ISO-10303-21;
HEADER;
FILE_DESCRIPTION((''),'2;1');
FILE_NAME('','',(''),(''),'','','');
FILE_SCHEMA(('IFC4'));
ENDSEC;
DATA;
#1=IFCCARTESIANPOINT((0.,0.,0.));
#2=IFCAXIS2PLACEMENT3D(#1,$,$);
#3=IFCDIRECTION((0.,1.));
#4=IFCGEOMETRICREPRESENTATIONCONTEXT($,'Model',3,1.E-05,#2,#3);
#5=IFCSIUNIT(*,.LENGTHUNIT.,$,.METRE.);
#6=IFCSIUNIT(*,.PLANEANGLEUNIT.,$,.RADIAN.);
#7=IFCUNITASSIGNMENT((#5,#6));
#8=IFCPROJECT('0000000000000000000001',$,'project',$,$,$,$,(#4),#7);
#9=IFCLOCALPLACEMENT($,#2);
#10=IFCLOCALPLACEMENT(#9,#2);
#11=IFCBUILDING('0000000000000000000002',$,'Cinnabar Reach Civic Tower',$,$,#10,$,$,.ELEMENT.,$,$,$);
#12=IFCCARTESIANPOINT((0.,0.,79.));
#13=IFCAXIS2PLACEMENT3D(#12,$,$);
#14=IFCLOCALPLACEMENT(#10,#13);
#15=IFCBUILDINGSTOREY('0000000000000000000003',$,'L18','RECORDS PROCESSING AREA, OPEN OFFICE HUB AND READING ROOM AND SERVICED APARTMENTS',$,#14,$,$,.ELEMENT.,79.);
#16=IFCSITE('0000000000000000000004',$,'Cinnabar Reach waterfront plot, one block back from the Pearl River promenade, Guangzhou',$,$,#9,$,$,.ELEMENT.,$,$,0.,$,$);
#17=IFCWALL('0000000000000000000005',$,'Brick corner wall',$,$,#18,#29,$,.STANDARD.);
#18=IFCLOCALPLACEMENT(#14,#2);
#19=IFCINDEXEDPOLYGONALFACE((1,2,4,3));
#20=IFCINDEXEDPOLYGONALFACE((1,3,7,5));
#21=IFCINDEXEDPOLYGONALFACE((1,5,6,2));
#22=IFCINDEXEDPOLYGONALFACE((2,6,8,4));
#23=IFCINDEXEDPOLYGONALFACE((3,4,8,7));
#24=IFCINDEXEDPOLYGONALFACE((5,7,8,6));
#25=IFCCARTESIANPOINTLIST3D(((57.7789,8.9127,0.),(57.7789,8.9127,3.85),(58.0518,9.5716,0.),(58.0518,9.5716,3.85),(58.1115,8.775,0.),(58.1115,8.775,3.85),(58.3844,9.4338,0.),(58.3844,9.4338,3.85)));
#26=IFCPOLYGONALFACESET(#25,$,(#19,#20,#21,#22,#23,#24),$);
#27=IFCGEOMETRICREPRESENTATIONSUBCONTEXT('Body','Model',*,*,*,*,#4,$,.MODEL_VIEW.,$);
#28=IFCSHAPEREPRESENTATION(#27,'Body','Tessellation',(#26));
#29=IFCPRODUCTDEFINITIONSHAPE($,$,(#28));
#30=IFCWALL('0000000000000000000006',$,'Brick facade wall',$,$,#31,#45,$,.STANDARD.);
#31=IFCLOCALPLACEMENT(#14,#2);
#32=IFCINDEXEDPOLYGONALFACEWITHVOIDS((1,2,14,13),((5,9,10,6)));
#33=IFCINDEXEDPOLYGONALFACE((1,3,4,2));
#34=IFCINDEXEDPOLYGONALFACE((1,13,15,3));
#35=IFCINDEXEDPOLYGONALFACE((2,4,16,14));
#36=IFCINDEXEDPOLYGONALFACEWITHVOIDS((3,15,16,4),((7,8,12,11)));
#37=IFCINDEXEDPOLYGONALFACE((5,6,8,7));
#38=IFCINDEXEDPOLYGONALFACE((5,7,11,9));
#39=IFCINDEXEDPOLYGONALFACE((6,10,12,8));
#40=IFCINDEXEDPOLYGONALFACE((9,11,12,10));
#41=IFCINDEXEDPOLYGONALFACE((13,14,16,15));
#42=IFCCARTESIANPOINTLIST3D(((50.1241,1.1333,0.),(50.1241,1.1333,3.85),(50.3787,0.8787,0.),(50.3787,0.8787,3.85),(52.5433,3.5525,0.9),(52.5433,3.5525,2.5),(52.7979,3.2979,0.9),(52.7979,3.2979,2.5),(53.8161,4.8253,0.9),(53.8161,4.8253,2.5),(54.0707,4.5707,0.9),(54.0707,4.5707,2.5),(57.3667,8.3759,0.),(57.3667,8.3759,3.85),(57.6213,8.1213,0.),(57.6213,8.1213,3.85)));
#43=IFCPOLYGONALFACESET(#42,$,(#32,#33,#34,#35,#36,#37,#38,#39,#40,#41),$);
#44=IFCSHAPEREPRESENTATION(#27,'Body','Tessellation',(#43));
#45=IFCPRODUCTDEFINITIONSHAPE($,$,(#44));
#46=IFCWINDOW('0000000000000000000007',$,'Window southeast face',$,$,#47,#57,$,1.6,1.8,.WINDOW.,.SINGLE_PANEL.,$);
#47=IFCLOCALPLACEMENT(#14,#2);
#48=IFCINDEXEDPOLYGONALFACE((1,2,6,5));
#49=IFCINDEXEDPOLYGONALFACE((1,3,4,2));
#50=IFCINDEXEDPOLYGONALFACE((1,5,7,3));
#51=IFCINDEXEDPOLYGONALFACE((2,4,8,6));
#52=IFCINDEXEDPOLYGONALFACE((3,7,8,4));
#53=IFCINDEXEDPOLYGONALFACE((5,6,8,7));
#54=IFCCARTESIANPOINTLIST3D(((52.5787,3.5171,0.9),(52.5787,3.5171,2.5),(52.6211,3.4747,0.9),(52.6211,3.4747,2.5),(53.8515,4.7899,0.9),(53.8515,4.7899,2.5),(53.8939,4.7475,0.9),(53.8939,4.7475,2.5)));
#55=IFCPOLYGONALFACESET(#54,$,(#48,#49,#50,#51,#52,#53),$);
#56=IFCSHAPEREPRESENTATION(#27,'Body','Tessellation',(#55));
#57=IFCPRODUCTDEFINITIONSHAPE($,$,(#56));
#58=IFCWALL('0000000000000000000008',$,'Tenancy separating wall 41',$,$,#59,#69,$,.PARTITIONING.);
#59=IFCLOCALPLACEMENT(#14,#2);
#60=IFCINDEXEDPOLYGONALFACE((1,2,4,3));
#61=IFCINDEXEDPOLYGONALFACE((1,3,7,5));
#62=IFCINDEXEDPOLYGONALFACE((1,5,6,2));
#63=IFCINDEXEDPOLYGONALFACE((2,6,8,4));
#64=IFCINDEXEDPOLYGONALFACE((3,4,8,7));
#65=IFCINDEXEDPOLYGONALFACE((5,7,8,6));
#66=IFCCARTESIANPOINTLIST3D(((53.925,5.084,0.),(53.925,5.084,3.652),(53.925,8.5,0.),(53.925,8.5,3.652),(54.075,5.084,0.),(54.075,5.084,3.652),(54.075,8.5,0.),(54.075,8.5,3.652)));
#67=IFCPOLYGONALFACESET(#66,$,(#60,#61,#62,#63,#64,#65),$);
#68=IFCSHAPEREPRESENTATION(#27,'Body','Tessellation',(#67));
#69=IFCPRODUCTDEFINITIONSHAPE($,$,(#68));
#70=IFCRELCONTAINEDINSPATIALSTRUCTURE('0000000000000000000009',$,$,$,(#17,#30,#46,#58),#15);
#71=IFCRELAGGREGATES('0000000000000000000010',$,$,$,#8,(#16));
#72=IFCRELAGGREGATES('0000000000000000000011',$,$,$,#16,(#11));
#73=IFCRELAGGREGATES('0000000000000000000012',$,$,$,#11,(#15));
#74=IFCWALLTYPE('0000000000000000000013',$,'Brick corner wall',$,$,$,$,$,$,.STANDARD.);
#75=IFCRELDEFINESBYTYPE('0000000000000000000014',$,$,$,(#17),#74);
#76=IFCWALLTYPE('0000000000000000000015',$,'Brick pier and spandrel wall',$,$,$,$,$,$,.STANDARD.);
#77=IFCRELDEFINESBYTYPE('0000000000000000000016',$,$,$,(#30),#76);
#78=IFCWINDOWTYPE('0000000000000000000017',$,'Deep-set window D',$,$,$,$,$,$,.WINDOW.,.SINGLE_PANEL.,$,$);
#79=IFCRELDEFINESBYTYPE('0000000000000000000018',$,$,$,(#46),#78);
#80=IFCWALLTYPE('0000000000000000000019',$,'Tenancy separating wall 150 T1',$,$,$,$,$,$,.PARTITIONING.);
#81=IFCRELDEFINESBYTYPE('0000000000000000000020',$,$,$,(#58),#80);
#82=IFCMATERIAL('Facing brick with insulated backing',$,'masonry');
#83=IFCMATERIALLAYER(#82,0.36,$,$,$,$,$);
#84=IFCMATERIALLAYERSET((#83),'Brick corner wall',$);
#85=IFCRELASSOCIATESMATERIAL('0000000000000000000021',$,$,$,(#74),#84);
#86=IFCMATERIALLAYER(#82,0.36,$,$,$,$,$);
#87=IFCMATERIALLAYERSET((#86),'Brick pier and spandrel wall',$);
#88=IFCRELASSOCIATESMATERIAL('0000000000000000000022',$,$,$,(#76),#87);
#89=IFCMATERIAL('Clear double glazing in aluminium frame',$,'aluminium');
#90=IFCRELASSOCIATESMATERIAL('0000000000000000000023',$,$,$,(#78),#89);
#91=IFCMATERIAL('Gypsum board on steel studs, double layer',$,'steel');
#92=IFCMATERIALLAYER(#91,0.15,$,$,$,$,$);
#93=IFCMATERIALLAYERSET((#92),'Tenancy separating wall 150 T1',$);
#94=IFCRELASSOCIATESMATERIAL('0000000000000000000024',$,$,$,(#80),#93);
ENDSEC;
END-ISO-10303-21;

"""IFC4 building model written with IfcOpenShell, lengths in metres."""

from ifc_helpers import new_model, si_unit, direction, frame, frame_2d, origin, place, context, subcontext, project, spatial, rectangle, extrude, material, layer, layer_set, type_object, element, fill, save


model = new_model("IFC4")

# Units and contexts
model_context = context("Model", 3, precision=1e-05, world=origin(), true_north=direction((0.0, 1.0)))
body_context = subcontext(model_context, "Body", "Model", "MODEL_VIEW")
ifc_project = project(units=[si_unit("LENGTHUNIT", "METRE"), si_unit("PLANEANGLEUNIT", "RADIAN")], contexts=[model_context])

# Site, building, storey
site_placement = place(None, origin())
site = spatial("IfcSite", under=ifc_project, at=site_placement, Name="Cinnabar Reach waterfront plot, one block back from the Pearl River promenade, Guangzhou", CompositionType="ELEMENT", RefElevation=0.0)
building_placement = place(site_placement, origin())
building = spatial("IfcBuilding", under=site, at=building_placement, Name="Cinnabar Reach Civic Tower", CompositionType="ELEMENT")
storey_placement = place(building_placement, frame((0.0, 0.0, 79.0)))
storey = spatial("IfcBuildingStorey", under=building, at=storey_placement, Name="L18", Description="RECORDS PROCESSING AREA, OPEN OFFICE HUB AND READING ROOM AND SERVICED APARTMENTS", CompositionType="ELEMENT", Elevation=79.0)

# Wall
ifc_material_1 = material(Name="Facing brick with insulated backing", Category="masonry")
ifc_layer_1 = layer(ifc_material_1, 0.36)
ifc_layer_set_1 = layer_set([ifc_layer_1], Name="Brick corner wall")
wall_type_1 = type_object("IfcWallType", Name="Brick corner wall", PredefinedType="STANDARD", material=ifc_layer_set_1)
wall_1_placement = place(storey_placement, frame((57.9452, 8.8439, 0.0), z_axis=(0.0, 0.0, 1.0), x_axis=(0.382703, 0.923872, 0.0)))
element("IfcWall", 1, at=wall_1_placement, inside=storey, type_object=wall_type_1, Name="Brick corner wall", PredefinedType="STANDARD", context=body_context, shape_type="SweptSolid", body=[
    extrude(rectangle(XDim=0.7131, YDim=0.36, at=frame_2d((0.3565, 0.0))), origin(), (0.0, 0.0, 1.0), 3.85),
])

# Wall, opening, window
ifc_layer_2 = layer(ifc_material_1, 0.36)
ifc_layer_set_2 = layer_set([ifc_layer_2], Name="Brick pier and spandrel wall")
wall_type_2 = type_object("IfcWallType", Name="Brick pier and spandrel wall", PredefinedType="STANDARD", material=ifc_layer_set_2)
wall_2_placement = place(storey_placement, frame((50.2514, 1.006, 0.0), z_axis=(0.0, 0.0, 1.0), x_axis=(0.707107, 0.707107, 0.0)))
wall_2 = element("IfcWall", 2, at=wall_2_placement, inside=storey, type_object=wall_type_2, Name="Brick facade wall", PredefinedType="STANDARD", context=body_context, shape_type="SweptSolid", body=[
    extrude(rectangle(XDim=10.2426, YDim=0.36, at=frame_2d((5.1213, 0.0))), origin(), (0.0, 0.0, 1.0), 3.85),
])
opening_placement = place(wall_2_placement, frame((3.4213, 0.0, 0.9)))
opening = element("IfcOpeningElement", 3, at=opening_placement, cuts=wall_2, PredefinedType="OPENING", context=body_context, shape_type="SweptSolid", body=[
    extrude(rectangle(XDim=1.8, YDim=1.6, at=frame_2d((0.9, 0.8))), frame((0.0, 0.19, 0.0), z_axis=(0.0, -1.0, 0.0), x_axis=(1.0, 0.0, 0.0)), (0.0, 0.0, 1.0), 0.38),
])
ifc_material_2 = material(Name="Clear double glazing in aluminium frame", Category="aluminium")
window_type = type_object("IfcWindowType", Name="Deep-set window D", PartitioningType="SINGLE_PANEL", PredefinedType="WINDOW", material=ifc_material_2)
window_placement = place(opening_placement, origin())
window = element("IfcWindow", 4, at=window_placement, inside=storey, type_object=window_type, Name="Window southeast face", OverallHeight=1.6, OverallWidth=1.8, PartitioningType="SINGLE_PANEL", PredefinedType="WINDOW", context=body_context, shape_type="SweptSolid", body=[
    extrude(rectangle(XDim=1.8, YDim=1.6, at=frame_2d((0.9, 0.8))), frame((0.0, 0.13, 0.0), z_axis=(0.0, -1.0, 0.0), x_axis=(1.0, 0.0, 0.0)), (0.0, 0.0, 1.0), 0.06),
])
fill(opening, window)

# Wall
ifc_material_3 = material(Name="Gypsum board on steel studs, double layer", Category="steel")
ifc_layer_3 = layer(ifc_material_3, 0.15)
ifc_layer_set_3 = layer_set([ifc_layer_3], Name="Tenancy separating wall 150 T1")
wall_type_3 = type_object("IfcWallType", Name="Tenancy separating wall 150 T1", PredefinedType="PARTITIONING", material=ifc_layer_set_3)
wall_3_placement = place(storey_placement, frame((54.0, 5.084, 0.0), z_axis=(0.0, 0.0, 1.0), x_axis=(0.0, 1.0, 0.0)))
element("IfcWall", 5, at=wall_3_placement, inside=storey, type_object=wall_type_3, Name="Tenancy separating wall 41", PredefinedType="PARTITIONING", context=body_context, shape_type="SweptSolid", body=[
    extrude(rectangle(XDim=3.416, YDim=0.15, at=frame_2d((1.708, 0.0))), origin(), (0.0, 0.0, 1.0), 3.652),
])

save(model, "model.ifc")
